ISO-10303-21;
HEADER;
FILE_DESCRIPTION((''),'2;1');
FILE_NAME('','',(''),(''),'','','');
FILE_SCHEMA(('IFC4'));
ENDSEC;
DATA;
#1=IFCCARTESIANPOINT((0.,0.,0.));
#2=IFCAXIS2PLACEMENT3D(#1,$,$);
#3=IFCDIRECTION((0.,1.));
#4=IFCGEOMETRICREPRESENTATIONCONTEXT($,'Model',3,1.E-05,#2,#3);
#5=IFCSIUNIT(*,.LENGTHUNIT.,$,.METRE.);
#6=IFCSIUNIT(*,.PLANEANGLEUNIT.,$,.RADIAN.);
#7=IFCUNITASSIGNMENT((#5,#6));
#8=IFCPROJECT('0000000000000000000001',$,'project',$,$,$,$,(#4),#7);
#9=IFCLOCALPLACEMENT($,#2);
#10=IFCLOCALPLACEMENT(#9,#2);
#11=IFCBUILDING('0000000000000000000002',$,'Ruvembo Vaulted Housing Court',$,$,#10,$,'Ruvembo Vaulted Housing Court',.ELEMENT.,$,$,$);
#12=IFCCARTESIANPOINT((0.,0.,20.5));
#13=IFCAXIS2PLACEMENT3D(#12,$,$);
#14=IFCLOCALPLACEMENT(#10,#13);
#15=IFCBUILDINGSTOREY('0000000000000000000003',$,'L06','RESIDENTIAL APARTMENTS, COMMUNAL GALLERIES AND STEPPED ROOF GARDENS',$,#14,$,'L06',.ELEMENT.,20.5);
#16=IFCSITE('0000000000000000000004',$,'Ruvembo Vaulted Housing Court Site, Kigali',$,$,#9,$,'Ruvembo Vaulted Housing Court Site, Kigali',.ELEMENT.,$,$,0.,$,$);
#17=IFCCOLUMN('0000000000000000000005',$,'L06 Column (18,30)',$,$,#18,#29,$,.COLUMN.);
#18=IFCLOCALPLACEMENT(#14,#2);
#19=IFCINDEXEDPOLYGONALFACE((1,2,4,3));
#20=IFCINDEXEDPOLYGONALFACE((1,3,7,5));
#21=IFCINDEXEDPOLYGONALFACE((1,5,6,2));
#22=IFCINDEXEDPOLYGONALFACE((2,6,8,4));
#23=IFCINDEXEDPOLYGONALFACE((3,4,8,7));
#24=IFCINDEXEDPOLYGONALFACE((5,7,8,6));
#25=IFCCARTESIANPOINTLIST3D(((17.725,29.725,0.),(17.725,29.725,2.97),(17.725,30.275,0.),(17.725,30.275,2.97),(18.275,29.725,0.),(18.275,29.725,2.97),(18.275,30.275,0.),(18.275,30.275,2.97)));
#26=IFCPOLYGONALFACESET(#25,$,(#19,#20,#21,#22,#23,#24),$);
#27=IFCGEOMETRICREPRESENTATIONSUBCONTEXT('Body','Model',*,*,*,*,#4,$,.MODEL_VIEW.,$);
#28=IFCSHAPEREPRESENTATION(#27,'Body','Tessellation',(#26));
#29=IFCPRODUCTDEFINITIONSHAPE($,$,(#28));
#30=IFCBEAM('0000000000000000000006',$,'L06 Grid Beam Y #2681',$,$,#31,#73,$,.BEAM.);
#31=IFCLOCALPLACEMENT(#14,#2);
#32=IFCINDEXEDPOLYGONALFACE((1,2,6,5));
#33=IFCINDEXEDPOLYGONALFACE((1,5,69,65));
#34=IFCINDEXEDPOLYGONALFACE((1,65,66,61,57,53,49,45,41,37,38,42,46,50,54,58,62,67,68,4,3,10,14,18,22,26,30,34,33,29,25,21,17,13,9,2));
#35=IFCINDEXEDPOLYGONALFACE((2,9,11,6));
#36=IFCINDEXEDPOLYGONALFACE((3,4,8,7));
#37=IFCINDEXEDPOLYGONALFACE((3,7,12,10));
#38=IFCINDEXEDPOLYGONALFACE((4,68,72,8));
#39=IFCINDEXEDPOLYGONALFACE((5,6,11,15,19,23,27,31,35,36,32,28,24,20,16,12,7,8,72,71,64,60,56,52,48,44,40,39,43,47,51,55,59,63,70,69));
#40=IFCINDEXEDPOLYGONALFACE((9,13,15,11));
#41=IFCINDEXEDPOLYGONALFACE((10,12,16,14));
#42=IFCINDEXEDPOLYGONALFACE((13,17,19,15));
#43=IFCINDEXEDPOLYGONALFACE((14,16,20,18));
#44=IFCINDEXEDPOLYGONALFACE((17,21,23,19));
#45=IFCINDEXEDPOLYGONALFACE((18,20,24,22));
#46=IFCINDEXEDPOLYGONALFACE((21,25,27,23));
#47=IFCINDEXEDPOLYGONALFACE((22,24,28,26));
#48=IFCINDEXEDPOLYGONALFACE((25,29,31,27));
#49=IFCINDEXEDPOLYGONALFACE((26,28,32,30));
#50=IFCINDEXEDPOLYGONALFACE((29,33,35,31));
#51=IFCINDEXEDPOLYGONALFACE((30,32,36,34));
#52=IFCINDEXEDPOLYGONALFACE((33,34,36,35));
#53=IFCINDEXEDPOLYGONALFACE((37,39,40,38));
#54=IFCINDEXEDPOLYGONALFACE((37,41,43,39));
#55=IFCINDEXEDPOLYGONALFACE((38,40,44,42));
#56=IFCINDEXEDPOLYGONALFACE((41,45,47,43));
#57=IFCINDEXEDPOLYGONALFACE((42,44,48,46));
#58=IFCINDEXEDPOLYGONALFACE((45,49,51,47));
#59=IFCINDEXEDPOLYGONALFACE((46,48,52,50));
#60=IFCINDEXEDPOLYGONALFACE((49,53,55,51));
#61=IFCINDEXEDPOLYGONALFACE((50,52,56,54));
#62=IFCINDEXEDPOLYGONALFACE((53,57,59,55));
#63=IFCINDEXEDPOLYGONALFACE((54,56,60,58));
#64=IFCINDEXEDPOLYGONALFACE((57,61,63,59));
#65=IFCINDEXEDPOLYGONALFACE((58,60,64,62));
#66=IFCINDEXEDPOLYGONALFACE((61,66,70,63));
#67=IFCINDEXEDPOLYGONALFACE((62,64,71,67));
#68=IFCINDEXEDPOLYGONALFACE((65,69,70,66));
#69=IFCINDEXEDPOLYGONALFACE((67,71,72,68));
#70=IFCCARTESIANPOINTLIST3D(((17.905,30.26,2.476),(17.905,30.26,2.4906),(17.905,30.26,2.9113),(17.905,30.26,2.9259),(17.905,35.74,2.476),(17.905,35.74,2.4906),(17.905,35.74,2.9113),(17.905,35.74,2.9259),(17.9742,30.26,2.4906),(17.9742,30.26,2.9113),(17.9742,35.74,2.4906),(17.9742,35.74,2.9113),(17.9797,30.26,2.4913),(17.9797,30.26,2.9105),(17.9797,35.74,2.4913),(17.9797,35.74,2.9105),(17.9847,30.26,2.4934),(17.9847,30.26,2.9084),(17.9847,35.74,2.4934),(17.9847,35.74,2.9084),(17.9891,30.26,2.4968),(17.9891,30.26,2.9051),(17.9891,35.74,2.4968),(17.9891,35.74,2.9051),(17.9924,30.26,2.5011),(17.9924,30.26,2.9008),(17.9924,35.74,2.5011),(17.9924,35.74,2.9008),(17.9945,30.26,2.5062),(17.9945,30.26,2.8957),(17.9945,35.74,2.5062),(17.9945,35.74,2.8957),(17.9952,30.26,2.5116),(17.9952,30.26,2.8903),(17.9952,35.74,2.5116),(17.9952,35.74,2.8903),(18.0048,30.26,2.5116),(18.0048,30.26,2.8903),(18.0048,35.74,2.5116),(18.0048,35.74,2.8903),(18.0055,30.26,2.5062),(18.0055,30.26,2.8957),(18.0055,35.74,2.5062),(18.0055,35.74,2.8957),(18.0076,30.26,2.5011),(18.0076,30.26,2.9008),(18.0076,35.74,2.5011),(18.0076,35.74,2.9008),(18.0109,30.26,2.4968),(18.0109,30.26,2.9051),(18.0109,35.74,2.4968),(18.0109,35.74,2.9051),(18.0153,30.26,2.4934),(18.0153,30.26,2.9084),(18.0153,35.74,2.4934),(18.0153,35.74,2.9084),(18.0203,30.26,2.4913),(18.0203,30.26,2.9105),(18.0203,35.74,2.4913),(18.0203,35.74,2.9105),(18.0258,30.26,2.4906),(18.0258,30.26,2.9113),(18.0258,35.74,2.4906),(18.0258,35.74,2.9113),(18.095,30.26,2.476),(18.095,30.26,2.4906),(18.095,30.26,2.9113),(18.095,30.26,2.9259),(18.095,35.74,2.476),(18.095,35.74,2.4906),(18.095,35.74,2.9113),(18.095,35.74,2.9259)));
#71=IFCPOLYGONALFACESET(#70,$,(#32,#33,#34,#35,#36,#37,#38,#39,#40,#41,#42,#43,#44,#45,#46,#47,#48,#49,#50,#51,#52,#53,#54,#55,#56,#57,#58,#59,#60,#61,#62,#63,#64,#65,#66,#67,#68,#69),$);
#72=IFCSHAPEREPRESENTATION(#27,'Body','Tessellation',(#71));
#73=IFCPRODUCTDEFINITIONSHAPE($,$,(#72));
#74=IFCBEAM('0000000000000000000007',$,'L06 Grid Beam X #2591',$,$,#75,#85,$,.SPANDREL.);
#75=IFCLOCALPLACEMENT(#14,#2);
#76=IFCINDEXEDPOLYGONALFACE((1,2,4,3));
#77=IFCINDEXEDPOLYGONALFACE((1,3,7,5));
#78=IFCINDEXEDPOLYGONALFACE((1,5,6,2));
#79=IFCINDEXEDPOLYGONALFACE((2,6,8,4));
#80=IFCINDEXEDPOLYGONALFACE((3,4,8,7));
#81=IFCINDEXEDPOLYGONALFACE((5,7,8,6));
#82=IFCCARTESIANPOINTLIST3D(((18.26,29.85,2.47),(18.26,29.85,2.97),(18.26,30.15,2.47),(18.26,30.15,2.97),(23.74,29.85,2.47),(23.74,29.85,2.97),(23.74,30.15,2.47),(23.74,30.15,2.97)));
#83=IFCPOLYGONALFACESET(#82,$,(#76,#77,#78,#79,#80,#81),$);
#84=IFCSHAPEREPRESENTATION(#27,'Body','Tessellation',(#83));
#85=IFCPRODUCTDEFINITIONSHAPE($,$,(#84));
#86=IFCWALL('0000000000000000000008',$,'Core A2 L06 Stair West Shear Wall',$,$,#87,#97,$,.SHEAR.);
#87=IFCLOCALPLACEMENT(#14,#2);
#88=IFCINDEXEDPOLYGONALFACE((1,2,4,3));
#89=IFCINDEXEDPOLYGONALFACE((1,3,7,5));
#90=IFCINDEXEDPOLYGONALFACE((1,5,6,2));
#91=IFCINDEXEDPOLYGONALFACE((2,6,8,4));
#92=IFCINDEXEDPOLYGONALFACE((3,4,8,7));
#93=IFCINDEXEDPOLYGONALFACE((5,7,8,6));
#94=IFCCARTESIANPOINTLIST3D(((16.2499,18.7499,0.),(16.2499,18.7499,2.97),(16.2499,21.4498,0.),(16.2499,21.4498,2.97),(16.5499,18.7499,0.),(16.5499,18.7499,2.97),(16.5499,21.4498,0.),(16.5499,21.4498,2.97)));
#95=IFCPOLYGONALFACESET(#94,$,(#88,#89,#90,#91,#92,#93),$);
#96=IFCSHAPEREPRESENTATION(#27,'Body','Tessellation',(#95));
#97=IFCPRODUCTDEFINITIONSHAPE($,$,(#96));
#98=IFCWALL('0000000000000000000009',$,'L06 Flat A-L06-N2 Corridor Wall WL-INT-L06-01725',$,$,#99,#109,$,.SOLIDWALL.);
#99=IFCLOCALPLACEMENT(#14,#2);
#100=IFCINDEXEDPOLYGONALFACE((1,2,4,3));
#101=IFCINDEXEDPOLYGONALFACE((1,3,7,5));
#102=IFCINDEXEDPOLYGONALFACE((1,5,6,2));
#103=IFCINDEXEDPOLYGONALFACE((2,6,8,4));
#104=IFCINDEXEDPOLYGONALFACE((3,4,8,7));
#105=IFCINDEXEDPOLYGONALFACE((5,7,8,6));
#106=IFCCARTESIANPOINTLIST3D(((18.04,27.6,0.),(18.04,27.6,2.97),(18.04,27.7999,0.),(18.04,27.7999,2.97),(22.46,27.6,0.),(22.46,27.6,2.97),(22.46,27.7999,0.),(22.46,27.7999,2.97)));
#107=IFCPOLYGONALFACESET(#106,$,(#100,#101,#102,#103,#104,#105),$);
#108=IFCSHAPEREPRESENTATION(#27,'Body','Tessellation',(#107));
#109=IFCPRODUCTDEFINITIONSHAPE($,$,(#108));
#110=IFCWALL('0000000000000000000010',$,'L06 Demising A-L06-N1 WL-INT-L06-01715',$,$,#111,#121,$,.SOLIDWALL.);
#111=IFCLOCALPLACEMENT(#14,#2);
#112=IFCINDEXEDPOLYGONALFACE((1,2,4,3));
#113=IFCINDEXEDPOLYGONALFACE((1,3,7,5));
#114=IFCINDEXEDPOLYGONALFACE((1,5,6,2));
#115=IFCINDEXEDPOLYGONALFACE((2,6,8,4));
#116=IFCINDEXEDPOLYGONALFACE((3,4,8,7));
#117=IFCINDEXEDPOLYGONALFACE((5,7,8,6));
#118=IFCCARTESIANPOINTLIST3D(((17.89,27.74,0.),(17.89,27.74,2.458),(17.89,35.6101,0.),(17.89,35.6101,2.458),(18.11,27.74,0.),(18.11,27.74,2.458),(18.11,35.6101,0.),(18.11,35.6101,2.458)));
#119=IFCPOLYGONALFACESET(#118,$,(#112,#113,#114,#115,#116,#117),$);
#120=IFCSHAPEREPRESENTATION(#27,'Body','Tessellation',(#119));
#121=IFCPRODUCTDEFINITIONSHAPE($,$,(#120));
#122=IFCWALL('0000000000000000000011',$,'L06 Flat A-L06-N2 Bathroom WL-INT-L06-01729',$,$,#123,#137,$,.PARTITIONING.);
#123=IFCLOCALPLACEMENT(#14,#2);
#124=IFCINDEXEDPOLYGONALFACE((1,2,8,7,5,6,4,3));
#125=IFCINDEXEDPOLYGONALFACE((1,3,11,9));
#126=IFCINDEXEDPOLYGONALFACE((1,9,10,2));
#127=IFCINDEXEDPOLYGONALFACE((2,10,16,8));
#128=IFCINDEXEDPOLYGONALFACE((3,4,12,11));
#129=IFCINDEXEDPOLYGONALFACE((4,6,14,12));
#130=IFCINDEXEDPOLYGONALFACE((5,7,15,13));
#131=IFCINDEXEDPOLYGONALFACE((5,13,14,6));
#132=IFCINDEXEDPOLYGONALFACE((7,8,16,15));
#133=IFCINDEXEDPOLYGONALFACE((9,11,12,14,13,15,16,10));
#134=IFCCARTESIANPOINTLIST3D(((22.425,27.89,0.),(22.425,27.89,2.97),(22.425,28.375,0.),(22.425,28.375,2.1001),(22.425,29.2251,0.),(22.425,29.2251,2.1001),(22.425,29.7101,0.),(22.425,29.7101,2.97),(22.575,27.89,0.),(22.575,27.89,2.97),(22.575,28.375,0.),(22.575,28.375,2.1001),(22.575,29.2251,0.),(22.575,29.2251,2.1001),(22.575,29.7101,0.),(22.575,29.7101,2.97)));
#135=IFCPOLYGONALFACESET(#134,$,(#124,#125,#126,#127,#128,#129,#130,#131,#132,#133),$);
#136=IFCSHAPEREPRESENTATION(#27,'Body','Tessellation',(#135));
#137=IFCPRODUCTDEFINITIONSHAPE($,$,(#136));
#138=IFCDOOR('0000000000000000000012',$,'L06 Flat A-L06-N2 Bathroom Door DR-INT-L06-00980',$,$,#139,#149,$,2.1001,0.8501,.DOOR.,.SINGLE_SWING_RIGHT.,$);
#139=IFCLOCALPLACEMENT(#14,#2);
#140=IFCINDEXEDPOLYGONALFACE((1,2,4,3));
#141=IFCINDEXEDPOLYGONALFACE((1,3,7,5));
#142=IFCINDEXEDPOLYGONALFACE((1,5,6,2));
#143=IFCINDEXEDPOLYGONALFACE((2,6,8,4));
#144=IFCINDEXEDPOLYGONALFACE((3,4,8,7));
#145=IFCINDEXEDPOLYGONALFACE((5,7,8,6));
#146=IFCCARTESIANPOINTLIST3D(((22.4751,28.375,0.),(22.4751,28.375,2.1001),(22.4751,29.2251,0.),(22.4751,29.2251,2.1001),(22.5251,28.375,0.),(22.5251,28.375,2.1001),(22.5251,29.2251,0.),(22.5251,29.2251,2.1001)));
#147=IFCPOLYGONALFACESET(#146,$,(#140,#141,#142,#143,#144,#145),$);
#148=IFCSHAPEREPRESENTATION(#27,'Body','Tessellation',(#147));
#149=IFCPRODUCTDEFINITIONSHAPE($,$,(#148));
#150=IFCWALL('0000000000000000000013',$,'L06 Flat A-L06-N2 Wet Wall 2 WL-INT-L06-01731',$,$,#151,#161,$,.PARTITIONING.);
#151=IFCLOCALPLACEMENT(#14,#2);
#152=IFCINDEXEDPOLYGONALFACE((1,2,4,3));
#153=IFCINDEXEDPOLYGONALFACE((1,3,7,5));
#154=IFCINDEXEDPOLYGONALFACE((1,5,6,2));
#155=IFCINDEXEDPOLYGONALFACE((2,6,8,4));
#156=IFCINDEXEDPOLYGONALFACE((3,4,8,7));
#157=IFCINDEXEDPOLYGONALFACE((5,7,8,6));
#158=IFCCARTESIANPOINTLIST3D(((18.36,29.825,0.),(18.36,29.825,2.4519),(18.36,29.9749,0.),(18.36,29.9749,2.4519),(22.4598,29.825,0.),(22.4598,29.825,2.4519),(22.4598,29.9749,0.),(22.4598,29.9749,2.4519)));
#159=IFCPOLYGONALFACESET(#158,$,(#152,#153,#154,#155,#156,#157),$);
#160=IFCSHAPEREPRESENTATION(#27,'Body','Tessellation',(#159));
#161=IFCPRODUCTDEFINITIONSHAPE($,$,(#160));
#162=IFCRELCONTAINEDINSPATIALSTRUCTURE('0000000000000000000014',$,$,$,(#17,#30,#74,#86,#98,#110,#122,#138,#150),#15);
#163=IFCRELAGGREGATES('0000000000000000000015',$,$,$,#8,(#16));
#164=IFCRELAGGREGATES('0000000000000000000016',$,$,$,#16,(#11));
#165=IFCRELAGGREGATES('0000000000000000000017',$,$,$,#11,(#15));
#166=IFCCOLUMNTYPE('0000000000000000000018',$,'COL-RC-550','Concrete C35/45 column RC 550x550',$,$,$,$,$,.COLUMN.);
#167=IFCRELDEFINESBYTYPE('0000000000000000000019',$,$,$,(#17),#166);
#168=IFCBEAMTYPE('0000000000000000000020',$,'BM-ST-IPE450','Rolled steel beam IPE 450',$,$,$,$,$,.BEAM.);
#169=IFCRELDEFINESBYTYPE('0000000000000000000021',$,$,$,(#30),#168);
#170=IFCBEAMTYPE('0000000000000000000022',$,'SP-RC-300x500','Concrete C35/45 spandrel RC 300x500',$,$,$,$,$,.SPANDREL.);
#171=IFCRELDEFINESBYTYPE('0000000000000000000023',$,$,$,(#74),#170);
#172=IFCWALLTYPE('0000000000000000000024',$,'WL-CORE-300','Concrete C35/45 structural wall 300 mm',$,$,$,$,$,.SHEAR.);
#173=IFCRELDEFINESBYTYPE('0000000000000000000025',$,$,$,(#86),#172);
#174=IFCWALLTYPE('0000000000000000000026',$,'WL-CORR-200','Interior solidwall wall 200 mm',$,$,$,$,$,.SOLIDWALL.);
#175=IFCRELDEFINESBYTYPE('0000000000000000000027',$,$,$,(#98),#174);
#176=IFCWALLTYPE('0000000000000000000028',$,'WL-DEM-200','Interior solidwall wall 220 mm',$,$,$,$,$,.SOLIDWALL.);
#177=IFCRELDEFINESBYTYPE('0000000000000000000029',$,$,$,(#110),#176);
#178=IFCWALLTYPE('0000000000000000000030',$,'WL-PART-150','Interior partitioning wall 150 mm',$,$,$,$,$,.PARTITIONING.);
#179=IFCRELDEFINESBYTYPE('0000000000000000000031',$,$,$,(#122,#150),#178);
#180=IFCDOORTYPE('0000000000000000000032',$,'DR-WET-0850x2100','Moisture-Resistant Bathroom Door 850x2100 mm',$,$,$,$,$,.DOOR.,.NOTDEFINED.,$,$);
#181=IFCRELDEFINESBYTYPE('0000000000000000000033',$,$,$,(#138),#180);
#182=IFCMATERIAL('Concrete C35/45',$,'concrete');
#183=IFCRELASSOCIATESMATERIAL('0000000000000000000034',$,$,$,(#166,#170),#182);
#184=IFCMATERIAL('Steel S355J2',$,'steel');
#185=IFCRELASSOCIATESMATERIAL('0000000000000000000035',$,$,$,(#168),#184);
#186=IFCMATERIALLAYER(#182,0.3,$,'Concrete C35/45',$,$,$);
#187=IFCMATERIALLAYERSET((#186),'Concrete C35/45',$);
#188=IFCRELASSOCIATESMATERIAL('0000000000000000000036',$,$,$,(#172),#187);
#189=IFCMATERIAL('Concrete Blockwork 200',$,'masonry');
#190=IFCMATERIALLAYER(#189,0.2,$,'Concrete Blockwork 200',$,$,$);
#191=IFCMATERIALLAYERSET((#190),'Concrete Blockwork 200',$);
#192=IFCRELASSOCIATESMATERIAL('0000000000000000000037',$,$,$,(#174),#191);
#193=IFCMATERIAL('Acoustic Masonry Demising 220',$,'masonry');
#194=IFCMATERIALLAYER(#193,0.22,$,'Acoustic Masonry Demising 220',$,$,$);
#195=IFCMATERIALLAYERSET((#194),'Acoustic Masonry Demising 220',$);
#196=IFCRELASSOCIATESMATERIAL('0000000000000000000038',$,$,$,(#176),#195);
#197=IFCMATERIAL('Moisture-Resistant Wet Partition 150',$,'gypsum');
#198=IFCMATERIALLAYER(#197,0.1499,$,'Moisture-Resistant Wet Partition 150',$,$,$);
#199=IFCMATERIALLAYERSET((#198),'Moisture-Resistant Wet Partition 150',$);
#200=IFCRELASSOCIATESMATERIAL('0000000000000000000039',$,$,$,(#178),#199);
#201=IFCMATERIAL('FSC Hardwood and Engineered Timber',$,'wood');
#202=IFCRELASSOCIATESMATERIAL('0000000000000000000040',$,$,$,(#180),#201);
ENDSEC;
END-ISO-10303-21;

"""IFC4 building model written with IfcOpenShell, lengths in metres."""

from ifc_helpers import new_model, si_unit, direction, frame, frame_2d, origin, origin_2d, place, context, subcontext, project, spatial, rectangle, i_section, extrude, material, layer, layer_set, material_profile, profile_set, type_object, element, fill, save


model = new_model("IFC4")

# Units and contexts
model_context = context("Model", 3, precision=1e-05, world=origin(), true_north=direction((0.0, 1.0)))
body_context = subcontext(model_context, "Body", "Model", "MODEL_VIEW")
ifc_project = project(units=[si_unit("LENGTHUNIT", "METRE"), si_unit("PLANEANGLEUNIT", "RADIAN")], contexts=[model_context])

# Site, building, storey
site_placement = place(None, origin())
site = spatial("IfcSite", under=ifc_project, at=site_placement, Name="Ruvembo Vaulted Housing Court Site, Kigali", LongName="Ruvembo Vaulted Housing Court Site, Kigali", CompositionType="ELEMENT", RefElevation=0.0)
building_placement = place(site_placement, origin())
building = spatial("IfcBuilding", under=site, at=building_placement, Name="Ruvembo Vaulted Housing Court", LongName="Ruvembo Vaulted Housing Court", CompositionType="ELEMENT")
storey_placement = place(building_placement, frame((0.0, 0.0, 20.5)))
storey = spatial("IfcBuildingStorey", under=building, at=storey_placement, Name="L06", Description="RESIDENTIAL APARTMENTS, COMMUNAL GALLERIES AND STEPPED ROOF GARDENS", LongName="L06", CompositionType="ELEMENT", Elevation=20.5)

# Column
ifc_material_1 = material(Name="Concrete C35/45", Category="concrete")
ifc_material_profile_1 = material_profile(ifc_material_1, rectangle(XDim=0.55, YDim=0.55, at=origin_2d()), Name="RC 550x550")
ifc_profile_set_1 = profile_set([ifc_material_profile_1], Name="Concrete C35/45")
column_type = type_object("IfcColumnType", Name="COL-RC-550", Description="Concrete C35/45 column RC 550x550", PredefinedType="COLUMN", material=ifc_profile_set_1)
column_placement = place(storey_placement, frame((18.0, 30.0, 0.0), z_axis=(0.0, 0.0, 1.0), x_axis=(1.0, 0.0, 0.0)))
element("IfcColumn", 1, at=column_placement, inside=storey, type_object=column_type, Name="L06 Column (18,30)", PredefinedType="COLUMN", context=body_context, shape_type="SweptSolid", body=[
    extrude(rectangle(XDim=0.55, YDim=0.55, at=origin_2d()), origin(), (0.0, 0.0, 1.0), 2.97),
])

# Beams
ifc_material_2 = material(Name="Steel S355J2", Category="steel")
ifc_material_profile_2 = material_profile(ifc_material_2, i_section(OverallWidth=0.1899, OverallDepth=0.45, WebThickness=0.0095, FlangeThickness=0.0146, FilletRadius=0.021, at=origin_2d()), Name="IPE 450")
ifc_profile_set_2 = profile_set([ifc_material_profile_2], Name="Steel S355J2")
beam_type_1 = type_object("IfcBeamType", Name="BM-ST-IPE450", Description="Rolled steel beam IPE 450", PredefinedType="BEAM", material=ifc_profile_set_2)
beam_1_placement = place(storey_placement, frame((18.0, 30.26, 2.7009), z_axis=(0.0, 1.0, 0.0), x_axis=(-1.0, 0.0, 0.0)))
element("IfcBeam", 2, at=beam_1_placement, inside=storey, type_object=beam_type_1, Name="L06 Grid Beam Y #2681", PredefinedType="BEAM", context=body_context, shape_type="SweptSolid", body=[
    extrude(i_section(OverallWidth=0.1899, OverallDepth=0.45, WebThickness=0.0095, FlangeThickness=0.0146, FilletRadius=0.021, at=origin_2d()), origin(), (0.0, 0.0, 1.0), 5.48),
])
ifc_material_profile_3 = material_profile(ifc_material_1, rectangle(XDim=0.3, YDim=0.5, at=origin_2d()), Name="RC 300x500")
ifc_profile_set_3 = profile_set([ifc_material_profile_3], Name="Concrete C35/45")
beam_type_2 = type_object("IfcBeamType", Name="SP-RC-300x500", Description="Concrete C35/45 spandrel RC 300x500", PredefinedType="SPANDREL", material=ifc_profile_set_3)
beam_2_placement = place(storey_placement, frame((18.26, 30.0, 2.72), z_axis=(1.0, 0.0, 0.0), x_axis=(0.0, 1.0, 0.0)))
element("IfcBeam", 3, at=beam_2_placement, inside=storey, type_object=beam_type_2, Name="L06 Grid Beam X #2591", PredefinedType="SPANDREL", context=body_context, shape_type="SweptSolid", body=[
    extrude(rectangle(XDim=0.3, YDim=0.5, at=origin_2d()), origin(), (0.0, 0.0, 1.0), 5.48),
])

# Walls
ifc_layer_1 = layer(ifc_material_1, 0.3, Name="Concrete C35/45")
ifc_layer_set_1 = layer_set([ifc_layer_1], Name="Concrete C35/45")
wall_type_1 = type_object("IfcWallType", Name="WL-CORE-300", Description="Concrete C35/45 structural wall 300 mm", PredefinedType="SHEAR", material=ifc_layer_set_1)
wall_1_placement = place(storey_placement, frame((16.3999, 21.45, 0.0), z_axis=(0.0, 0.0, 1.0), x_axis=(0.0, -1.0, 0.0)))
element("IfcWall", 4, at=wall_1_placement, inside=storey, type_object=wall_type_1, Name="Core A2 L06 Stair West Shear Wall", PredefinedType="SHEAR", context=body_context, shape_type="SweptSolid", body=[
    extrude(rectangle(XDim=2.7, YDim=0.3, at=frame_2d((1.3501, 0.0))), origin(), (0.0, 0.0, 1.0), 2.97),
])
ifc_material_3 = material(Name="Concrete Blockwork 200", Category="masonry")
ifc_layer_2 = layer(ifc_material_3, 0.2, Name="Concrete Blockwork 200")
ifc_layer_set_2 = layer_set([ifc_layer_2], Name="Concrete Blockwork 200")
wall_type_2 = type_object("IfcWallType", Name="WL-CORR-200", Description="Interior solidwall wall 200 mm", PredefinedType="SOLIDWALL", material=ifc_layer_set_2)
wall_2_placement = place(storey_placement, frame((18.04, 27.7, 0.0), z_axis=(0.0, 0.0, 1.0), x_axis=(1.0, 0.0, 0.0)))
element("IfcWall", 5, at=wall_2_placement, inside=storey, type_object=wall_type_2, Name="L06 Flat A-L06-N2 Corridor Wall WL-INT-L06-01725", PredefinedType="SOLIDWALL", context=body_context, shape_type="SweptSolid", body=[
    extrude(rectangle(XDim=4.4199, YDim=0.2, at=frame_2d((2.21, 0.0))), origin(), (0.0, 0.0, 1.0), 2.97),
])
ifc_material_4 = material(Name="Acoustic Masonry Demising 220", Category="masonry")
ifc_layer_3 = layer(ifc_material_4, 0.22, Name="Acoustic Masonry Demising 220")
ifc_layer_set_3 = layer_set([ifc_layer_3], Name="Acoustic Masonry Demising 220")
wall_type_3 = type_object("IfcWallType", Name="WL-DEM-200", Description="Interior solidwall wall 220 mm", PredefinedType="SOLIDWALL", material=ifc_layer_set_3)
wall_3_placement = place(storey_placement, frame((18.0, 27.74, 0.0), z_axis=(0.0, 0.0, 1.0), x_axis=(0.0, 1.0, 0.0)))
element("IfcWall", 6, at=wall_3_placement, inside=storey, type_object=wall_type_3, Name="L06 Demising A-L06-N1 WL-INT-L06-01715", PredefinedType="SOLIDWALL", context=body_context, shape_type="SweptSolid", body=[
    extrude(rectangle(XDim=7.8701, YDim=0.22, at=frame_2d((3.9351, 0.0))), origin(), (0.0, 0.0, 1.0), 2.458),
])

# Wall, opening, door
ifc_material_5 = material(Name="Moisture-Resistant Wet Partition 150", Category="gypsum")
ifc_layer_4 = layer(ifc_material_5, 0.1499, Name="Moisture-Resistant Wet Partition 150")
ifc_layer_set_4 = layer_set([ifc_layer_4], Name="Moisture-Resistant Wet Partition 150")
wall_type_4 = type_object("IfcWallType", Name="WL-PART-150", Description="Interior partitioning wall 150 mm", PredefinedType="PARTITIONING", material=ifc_layer_set_4)
wall_4_placement = place(storey_placement, frame((22.5, 27.8899, 0.0), z_axis=(0.0, 0.0, 1.0), x_axis=(0.0, 1.0, 0.0)))
wall_4 = element("IfcWall", 7, at=wall_4_placement, inside=storey, type_object=wall_type_4, Name="L06 Flat A-L06-N2 Bathroom WL-INT-L06-01729", PredefinedType="PARTITIONING", context=body_context, shape_type="SweptSolid", body=[
    extrude(rectangle(XDim=1.8201, YDim=0.1499, at=frame_2d((0.9102, 0.0))), origin(), (0.0, 0.0, 1.0), 2.97),
])
opening_1_placement = place(wall_4_placement, frame((0.4851, 0.0, 0.0)))
opening_1 = element("IfcOpeningElement", 8, at=opening_1_placement, cuts=wall_4, PredefinedType="OPENING", context=body_context, shape_type="SweptSolid", body=[
    extrude(rectangle(XDim=0.8501, YDim=2.1001, at=frame_2d((0.425, 1.05))), frame((0.0, 0.085, 0.0), z_axis=(0.0, -1.0, 0.0), x_axis=(1.0, 0.0, 0.0)), (0.0, 0.0, 1.0), 0.1699),
])
ifc_material_6 = material(Name="FSC Hardwood and Engineered Timber", Category="wood")
door_type_1 = type_object("IfcDoorType", Name="DR-WET-0850x2100", Description="Moisture-Resistant Bathroom Door 850x2100 mm", OperationType="NOTDEFINED", PredefinedType="DOOR", material=ifc_material_6)
door_1_placement = place(opening_1_placement, origin())
door_1 = element("IfcDoor", 9, at=door_1_placement, inside=storey, type_object=door_type_1, Name="L06 Flat A-L06-N2 Bathroom Door DR-INT-L06-00980", OperationType="SINGLE_SWING_RIGHT", OverallHeight=2.1001, OverallWidth=0.8501, PredefinedType="DOOR", context=body_context, shape_type="SweptSolid", body=[
    extrude(rectangle(XDim=0.8501, YDim=2.1001, at=frame_2d((0.425, 1.05))), frame((0.0, 0.0249, 0.0), z_axis=(0.0, -1.0, 0.0), x_axis=(1.0, 0.0, 0.0)), (0.0, 0.0, 1.0), 0.05),
])
fill(opening_1, door_1)

# Wall
wall_5_placement = place(storey_placement, frame((18.3601, 29.8999, 0.0), z_axis=(0.0, 0.0, 1.0), x_axis=(1.0, 0.0, 0.0)))
element("IfcWall", 10, at=wall_5_placement, inside=storey, type_object=wall_type_4, Name="L06 Flat A-L06-N2 Wet Wall 2 WL-INT-L06-01731", PredefinedType="PARTITIONING", context=body_context, shape_type="SweptSolid", body=[
    extrude(rectangle(XDim=4.0999, YDim=0.1499, at=frame_2d((2.0498, 0.0))), origin(), (0.0, 0.0, 1.0), 2.4519),
])

save(model, "model.ifc")
